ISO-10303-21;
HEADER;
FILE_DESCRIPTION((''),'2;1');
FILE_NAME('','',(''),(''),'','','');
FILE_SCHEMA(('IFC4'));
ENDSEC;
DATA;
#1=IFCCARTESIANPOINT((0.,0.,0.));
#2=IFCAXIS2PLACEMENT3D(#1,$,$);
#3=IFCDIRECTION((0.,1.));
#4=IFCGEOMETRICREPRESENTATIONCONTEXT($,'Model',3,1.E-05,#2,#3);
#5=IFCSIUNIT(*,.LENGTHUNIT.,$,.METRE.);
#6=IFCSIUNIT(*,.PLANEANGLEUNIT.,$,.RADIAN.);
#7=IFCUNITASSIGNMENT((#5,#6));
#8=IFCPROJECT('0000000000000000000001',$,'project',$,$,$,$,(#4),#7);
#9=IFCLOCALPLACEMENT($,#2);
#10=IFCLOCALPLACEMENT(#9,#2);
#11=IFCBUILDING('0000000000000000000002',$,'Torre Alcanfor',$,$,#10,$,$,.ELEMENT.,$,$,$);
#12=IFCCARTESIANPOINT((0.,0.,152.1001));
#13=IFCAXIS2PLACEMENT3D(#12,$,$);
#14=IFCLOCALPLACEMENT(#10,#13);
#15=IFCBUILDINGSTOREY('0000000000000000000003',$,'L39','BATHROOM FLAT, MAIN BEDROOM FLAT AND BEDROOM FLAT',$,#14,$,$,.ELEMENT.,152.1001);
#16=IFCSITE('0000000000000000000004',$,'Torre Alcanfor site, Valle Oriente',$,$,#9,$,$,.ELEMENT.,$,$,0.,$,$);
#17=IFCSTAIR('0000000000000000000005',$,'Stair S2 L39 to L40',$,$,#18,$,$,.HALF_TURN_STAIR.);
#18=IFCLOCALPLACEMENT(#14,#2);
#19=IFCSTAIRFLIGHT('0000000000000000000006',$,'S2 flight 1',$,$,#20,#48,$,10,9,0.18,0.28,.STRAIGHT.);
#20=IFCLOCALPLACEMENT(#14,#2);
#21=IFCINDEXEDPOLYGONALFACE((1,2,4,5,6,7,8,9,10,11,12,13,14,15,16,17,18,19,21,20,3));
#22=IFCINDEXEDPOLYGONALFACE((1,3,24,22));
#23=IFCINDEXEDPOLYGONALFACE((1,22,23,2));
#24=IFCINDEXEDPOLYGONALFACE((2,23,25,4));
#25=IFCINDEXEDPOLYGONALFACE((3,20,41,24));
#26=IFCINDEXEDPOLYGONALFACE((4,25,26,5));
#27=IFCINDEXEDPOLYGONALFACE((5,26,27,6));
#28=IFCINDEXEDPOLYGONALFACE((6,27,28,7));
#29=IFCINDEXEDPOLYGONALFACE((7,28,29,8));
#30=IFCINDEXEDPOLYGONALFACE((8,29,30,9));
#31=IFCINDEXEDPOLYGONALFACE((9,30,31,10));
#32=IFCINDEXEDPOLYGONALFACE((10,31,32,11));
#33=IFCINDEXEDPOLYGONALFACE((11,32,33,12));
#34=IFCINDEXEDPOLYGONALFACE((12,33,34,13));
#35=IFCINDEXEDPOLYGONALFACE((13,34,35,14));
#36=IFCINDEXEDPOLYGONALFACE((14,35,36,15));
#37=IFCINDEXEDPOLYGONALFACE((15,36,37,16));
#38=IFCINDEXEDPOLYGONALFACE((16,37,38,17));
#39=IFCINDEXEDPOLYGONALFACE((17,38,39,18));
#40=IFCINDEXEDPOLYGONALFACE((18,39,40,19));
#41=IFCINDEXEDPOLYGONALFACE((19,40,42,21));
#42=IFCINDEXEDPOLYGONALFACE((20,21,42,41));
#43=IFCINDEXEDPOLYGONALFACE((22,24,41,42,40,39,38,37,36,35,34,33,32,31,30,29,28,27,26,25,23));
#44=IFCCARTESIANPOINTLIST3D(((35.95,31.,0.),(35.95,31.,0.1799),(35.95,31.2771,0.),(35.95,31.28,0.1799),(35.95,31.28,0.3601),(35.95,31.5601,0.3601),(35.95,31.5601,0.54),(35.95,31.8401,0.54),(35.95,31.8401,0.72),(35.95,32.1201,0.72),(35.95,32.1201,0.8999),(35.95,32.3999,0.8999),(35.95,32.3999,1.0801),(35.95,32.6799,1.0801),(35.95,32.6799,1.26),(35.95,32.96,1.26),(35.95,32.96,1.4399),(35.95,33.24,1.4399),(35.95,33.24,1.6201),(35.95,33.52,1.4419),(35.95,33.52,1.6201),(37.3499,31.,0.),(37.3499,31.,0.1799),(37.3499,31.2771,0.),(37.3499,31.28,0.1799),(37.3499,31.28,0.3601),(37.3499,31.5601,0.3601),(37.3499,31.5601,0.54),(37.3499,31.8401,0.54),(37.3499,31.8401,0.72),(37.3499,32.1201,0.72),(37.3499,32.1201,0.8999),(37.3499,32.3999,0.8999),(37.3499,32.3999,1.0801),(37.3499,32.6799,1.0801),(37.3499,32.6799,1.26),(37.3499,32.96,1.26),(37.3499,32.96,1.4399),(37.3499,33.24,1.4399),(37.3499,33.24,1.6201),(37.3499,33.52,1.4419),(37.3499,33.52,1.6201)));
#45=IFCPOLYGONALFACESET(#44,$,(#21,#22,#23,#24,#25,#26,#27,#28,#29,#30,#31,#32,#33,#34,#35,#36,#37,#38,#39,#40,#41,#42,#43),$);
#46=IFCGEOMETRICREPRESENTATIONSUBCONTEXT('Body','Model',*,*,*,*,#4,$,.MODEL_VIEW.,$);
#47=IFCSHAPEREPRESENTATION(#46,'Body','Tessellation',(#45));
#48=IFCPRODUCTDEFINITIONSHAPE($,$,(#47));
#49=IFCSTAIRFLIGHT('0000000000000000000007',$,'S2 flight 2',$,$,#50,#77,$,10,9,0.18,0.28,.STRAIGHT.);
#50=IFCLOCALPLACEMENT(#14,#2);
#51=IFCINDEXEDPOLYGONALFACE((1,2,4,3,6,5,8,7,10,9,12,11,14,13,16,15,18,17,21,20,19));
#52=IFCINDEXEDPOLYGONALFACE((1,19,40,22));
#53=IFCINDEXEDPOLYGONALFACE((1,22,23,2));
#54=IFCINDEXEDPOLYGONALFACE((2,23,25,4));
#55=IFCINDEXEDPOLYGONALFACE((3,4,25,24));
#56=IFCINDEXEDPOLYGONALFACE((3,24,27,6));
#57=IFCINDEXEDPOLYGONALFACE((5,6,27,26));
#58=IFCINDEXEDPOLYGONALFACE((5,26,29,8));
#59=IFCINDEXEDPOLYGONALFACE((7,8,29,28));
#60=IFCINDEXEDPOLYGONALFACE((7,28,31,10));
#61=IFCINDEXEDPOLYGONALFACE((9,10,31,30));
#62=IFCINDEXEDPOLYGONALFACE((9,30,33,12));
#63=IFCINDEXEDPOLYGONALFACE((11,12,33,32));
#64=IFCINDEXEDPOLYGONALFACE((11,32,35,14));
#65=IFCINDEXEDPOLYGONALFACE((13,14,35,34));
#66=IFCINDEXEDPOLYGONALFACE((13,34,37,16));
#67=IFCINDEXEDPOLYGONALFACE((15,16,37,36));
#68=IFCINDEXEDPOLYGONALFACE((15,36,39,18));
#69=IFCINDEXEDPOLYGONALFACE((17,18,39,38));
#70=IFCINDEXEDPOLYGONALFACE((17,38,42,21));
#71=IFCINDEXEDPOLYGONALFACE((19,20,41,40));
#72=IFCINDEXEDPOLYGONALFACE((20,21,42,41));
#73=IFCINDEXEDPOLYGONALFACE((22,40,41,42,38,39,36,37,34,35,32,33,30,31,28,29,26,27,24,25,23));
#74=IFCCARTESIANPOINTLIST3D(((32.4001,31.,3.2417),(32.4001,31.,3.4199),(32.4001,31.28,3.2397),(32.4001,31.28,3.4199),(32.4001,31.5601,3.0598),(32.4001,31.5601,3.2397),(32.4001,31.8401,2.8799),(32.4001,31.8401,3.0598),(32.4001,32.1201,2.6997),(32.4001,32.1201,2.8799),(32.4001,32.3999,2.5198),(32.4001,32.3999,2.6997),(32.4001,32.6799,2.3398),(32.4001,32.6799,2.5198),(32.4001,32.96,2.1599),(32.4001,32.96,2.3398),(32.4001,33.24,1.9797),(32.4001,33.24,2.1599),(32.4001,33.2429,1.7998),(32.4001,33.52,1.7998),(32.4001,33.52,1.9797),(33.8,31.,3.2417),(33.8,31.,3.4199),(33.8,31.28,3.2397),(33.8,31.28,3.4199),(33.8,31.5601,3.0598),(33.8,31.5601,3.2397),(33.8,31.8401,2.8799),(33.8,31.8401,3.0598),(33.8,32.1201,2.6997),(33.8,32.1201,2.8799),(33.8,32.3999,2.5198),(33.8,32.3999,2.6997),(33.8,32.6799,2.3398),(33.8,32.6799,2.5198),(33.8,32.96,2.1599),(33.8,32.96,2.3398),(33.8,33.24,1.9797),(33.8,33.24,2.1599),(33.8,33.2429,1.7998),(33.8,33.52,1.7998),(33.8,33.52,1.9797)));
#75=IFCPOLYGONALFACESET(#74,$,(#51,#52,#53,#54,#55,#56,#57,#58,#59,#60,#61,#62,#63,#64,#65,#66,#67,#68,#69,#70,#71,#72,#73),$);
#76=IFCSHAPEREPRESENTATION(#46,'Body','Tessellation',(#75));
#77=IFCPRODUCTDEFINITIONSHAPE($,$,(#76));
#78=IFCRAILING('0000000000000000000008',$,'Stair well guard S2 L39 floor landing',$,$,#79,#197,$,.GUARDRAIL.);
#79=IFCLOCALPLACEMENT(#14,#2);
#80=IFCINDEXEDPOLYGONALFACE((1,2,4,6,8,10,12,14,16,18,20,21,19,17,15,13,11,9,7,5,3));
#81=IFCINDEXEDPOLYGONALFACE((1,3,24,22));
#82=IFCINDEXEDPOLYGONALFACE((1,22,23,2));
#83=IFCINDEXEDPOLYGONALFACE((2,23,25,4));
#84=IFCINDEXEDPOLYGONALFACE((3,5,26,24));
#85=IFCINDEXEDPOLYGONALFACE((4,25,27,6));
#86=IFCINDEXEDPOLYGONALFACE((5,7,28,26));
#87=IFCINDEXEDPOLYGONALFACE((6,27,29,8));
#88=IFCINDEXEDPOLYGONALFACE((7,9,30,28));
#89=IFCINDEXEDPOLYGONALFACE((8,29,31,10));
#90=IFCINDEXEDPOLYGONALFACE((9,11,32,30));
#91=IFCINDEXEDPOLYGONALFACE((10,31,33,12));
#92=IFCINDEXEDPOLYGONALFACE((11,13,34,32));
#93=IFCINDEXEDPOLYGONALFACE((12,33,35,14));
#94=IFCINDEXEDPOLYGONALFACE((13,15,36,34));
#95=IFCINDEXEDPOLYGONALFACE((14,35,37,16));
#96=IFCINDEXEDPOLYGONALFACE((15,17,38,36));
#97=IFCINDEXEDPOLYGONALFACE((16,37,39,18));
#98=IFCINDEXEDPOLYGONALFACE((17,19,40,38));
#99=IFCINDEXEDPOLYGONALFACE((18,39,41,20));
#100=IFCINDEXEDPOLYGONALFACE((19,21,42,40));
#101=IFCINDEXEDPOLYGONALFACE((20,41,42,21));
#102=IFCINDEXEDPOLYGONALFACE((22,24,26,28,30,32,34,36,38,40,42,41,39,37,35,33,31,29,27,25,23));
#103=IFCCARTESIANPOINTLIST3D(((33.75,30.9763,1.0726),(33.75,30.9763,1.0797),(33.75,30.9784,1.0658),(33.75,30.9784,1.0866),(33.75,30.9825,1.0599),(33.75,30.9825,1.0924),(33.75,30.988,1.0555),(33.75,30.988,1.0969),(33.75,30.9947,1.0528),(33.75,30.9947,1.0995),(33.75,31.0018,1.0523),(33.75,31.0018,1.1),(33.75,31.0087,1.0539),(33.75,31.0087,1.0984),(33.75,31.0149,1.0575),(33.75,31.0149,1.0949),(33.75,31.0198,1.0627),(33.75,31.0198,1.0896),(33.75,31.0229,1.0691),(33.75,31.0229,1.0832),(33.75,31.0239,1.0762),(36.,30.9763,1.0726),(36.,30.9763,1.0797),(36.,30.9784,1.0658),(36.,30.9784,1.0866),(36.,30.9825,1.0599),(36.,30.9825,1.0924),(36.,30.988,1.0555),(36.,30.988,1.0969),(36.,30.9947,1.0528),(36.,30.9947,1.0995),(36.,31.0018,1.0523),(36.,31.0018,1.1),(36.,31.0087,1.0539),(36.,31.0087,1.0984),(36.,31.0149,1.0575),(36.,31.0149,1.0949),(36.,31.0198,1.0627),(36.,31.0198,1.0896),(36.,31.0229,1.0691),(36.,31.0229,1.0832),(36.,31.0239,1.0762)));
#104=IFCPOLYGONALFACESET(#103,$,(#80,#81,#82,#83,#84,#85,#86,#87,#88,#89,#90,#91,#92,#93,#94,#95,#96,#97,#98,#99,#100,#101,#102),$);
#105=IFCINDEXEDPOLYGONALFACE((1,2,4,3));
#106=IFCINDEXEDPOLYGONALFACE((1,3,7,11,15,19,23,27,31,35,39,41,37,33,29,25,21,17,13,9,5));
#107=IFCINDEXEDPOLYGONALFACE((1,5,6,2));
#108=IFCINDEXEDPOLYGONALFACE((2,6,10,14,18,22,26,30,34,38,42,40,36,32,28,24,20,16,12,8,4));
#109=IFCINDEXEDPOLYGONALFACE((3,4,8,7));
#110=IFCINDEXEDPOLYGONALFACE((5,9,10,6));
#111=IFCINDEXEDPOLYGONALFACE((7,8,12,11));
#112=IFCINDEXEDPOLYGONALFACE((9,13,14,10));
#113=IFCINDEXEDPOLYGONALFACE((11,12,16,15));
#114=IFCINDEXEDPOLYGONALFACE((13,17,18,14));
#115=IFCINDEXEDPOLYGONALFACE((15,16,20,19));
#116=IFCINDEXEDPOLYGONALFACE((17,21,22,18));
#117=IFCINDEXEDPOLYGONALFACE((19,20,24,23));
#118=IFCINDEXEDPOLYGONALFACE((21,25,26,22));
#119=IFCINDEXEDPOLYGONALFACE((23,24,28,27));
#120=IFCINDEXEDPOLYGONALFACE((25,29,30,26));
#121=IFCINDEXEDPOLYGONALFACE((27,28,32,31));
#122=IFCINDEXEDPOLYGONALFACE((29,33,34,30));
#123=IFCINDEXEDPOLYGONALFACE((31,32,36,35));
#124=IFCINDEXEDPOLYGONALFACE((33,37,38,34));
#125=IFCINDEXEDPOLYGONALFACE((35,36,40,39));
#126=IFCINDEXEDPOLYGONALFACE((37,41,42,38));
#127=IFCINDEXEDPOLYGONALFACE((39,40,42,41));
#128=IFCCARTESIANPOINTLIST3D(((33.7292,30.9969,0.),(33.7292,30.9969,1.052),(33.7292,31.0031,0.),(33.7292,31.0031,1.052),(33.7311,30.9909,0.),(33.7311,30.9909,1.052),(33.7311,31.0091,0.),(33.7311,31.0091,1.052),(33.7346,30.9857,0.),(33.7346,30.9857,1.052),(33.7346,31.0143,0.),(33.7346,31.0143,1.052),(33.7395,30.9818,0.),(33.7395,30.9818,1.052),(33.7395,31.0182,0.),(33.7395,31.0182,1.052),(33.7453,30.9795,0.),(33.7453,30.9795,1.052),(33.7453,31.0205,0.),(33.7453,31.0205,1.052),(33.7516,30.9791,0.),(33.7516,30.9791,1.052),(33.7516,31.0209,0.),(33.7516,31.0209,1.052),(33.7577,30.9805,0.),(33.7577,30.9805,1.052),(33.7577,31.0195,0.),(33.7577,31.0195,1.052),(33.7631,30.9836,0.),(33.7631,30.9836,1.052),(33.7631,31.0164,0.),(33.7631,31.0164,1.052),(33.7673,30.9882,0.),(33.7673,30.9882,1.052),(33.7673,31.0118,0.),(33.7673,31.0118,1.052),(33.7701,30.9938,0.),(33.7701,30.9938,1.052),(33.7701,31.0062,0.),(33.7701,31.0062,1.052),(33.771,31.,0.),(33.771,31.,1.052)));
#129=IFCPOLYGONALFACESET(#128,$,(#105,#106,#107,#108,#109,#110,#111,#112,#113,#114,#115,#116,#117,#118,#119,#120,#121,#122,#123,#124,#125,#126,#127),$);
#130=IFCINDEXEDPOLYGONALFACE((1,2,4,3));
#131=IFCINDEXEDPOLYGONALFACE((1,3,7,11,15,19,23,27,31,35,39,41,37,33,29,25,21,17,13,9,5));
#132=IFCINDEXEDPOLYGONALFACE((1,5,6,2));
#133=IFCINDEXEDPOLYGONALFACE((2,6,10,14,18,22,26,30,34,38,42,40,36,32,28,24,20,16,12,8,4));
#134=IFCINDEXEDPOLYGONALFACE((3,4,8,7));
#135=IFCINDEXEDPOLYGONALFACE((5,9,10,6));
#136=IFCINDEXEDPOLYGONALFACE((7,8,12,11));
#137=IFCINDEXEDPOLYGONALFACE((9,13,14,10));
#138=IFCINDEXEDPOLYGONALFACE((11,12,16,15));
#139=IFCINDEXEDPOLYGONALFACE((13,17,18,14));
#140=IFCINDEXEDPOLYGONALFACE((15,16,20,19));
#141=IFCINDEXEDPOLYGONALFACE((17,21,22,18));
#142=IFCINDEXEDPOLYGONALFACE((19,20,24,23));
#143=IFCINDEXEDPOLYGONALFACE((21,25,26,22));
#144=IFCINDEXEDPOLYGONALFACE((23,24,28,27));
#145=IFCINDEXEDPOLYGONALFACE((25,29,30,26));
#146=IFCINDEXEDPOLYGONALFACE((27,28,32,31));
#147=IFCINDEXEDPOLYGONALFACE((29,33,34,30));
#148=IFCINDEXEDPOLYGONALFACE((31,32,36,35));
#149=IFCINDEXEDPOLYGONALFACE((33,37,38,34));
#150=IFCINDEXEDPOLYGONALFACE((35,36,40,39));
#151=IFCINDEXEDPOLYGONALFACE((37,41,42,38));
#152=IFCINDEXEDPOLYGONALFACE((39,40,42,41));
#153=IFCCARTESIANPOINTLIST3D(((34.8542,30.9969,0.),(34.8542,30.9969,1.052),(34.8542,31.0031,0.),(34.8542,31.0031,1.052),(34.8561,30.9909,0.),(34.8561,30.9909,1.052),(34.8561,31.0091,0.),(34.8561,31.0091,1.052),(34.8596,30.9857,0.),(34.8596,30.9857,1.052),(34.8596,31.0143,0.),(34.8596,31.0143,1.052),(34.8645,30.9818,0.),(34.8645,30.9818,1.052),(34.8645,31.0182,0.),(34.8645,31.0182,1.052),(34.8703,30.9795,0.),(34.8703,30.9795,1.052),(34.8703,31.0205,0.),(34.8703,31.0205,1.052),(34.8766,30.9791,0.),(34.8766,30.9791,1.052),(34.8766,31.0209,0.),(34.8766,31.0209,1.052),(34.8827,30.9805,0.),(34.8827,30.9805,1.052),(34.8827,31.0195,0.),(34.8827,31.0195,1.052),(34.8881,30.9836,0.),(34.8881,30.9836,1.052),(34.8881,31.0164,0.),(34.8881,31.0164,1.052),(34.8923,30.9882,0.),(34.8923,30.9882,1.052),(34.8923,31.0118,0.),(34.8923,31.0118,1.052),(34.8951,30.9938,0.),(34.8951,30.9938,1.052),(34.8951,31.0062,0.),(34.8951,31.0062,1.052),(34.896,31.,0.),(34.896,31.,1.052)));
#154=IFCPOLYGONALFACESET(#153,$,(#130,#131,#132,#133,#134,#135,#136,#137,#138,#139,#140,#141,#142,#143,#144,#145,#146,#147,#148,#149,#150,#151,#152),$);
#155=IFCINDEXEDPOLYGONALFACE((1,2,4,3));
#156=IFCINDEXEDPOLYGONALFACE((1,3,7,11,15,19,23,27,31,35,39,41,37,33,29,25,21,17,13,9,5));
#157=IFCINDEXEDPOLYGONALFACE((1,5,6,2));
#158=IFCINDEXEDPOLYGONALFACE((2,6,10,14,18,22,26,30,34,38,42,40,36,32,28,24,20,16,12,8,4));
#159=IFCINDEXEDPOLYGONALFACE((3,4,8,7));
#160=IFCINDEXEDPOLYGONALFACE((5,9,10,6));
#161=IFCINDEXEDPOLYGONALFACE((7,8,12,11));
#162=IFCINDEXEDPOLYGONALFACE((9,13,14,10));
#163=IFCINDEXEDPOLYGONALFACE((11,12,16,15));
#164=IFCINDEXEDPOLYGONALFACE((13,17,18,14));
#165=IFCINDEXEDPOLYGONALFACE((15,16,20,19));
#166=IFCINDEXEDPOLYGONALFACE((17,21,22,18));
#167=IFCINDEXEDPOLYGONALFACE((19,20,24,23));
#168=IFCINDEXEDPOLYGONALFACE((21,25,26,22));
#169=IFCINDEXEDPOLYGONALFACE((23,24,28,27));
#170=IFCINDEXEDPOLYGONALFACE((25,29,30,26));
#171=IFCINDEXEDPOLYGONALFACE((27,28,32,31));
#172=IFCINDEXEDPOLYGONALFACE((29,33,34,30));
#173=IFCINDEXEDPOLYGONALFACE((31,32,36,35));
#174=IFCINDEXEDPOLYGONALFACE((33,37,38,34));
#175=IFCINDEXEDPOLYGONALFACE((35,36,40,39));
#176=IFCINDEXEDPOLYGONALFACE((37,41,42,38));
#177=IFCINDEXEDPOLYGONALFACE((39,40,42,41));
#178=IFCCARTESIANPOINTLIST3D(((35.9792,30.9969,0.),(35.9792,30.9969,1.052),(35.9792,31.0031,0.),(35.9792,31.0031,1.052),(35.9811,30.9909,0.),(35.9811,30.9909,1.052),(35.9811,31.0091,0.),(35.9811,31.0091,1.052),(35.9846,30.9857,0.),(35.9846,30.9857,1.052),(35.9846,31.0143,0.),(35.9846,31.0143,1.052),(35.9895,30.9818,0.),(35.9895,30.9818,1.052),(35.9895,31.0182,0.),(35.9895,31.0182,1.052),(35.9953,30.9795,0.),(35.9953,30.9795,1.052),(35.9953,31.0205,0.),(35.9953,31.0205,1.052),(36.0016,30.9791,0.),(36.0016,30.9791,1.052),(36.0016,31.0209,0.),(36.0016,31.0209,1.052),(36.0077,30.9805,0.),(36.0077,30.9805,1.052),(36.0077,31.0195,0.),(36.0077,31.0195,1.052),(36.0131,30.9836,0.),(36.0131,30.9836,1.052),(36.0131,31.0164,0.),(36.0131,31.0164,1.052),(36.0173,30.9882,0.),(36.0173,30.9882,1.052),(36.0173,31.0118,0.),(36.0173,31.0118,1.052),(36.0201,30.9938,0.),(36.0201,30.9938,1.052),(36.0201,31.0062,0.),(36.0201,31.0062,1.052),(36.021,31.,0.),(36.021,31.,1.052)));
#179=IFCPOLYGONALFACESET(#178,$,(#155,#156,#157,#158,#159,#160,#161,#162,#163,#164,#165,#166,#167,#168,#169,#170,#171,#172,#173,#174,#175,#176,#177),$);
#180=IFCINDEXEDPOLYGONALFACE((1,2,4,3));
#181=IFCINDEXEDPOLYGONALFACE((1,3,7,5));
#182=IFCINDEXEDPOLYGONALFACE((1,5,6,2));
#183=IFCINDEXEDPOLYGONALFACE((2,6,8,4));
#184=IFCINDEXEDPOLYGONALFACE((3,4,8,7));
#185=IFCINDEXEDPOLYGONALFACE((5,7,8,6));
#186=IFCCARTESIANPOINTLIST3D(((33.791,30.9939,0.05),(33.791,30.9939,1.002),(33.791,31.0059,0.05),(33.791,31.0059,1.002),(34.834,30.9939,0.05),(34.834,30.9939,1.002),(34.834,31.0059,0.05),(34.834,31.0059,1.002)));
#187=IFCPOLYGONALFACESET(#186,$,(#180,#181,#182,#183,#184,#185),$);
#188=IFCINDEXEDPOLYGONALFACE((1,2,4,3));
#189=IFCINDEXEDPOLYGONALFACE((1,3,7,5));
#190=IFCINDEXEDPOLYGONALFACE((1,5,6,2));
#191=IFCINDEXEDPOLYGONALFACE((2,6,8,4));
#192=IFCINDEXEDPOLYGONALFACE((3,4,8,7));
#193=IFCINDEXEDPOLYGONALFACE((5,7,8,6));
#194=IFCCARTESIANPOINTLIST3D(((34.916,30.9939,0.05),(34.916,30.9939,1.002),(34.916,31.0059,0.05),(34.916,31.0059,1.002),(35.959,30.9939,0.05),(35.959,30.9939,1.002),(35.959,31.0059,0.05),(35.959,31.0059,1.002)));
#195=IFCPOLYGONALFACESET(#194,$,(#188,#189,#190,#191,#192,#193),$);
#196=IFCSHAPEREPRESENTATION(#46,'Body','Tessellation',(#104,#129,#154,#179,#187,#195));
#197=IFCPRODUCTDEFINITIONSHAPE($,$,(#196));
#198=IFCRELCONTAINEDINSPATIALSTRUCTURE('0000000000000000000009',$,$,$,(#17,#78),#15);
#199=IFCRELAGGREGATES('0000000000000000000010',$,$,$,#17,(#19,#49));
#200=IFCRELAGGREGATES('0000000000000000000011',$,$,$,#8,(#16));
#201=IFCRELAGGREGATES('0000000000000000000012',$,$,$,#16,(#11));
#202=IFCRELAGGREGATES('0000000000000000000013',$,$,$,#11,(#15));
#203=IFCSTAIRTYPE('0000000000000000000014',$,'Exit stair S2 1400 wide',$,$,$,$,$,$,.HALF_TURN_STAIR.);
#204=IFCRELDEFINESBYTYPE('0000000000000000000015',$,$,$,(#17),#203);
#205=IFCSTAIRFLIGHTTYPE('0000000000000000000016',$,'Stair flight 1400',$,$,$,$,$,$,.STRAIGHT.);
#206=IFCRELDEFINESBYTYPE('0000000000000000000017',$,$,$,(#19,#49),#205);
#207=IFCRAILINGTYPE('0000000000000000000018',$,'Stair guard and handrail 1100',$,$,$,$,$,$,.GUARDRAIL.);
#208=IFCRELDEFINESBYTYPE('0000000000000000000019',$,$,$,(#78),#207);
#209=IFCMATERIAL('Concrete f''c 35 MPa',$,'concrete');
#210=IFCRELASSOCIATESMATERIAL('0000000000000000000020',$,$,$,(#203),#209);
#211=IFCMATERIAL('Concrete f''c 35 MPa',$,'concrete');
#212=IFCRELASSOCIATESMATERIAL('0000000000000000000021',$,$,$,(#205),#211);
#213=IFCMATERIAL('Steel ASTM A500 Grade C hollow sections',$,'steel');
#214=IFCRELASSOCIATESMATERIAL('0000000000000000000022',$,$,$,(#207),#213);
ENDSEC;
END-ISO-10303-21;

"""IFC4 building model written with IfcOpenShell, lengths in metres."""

from ifc_helpers import new_model, si_unit, direction, frame, origin, origin_2d, place, context, subcontext, project, spatial, polyline, circle, outline, extrude, material, type_object, element, aggregate, save


model = new_model("IFC4")

# Units and contexts
model_context = context("Model", 3, precision=1e-05, world=origin(), true_north=direction((0.0, 1.0)))
body_context = subcontext(model_context, "Body", "Model", "MODEL_VIEW")
ifc_project = project(units=[si_unit("LENGTHUNIT", "METRE"), si_unit("PLANEANGLEUNIT", "RADIAN")], contexts=[model_context])

# Site, building, storey
site_placement = place(None, origin())
site = spatial("IfcSite", under=ifc_project, at=site_placement, Name="Torre Alcanfor site, Valle Oriente", CompositionType="ELEMENT", RefElevation=0.0)
building_placement = place(site_placement, origin())
building = spatial("IfcBuilding", under=site, at=building_placement, Name="Torre Alcanfor", CompositionType="ELEMENT")
storey_placement = place(building_placement, frame((0.0, 0.0, 152.1001)))
storey = spatial("IfcBuildingStorey", under=building, at=storey_placement, Name="L39", Description="BATHROOM FLAT, MAIN BEDROOM FLAT AND BEDROOM FLAT", CompositionType="ELEMENT", Elevation=152.1001)

# Stair, stair flights
ifc_material_1 = material(Name="Concrete f'c 35 MPa", Category="concrete")
stair_type = type_object("IfcStairType", Name="Exit stair S2 1400 wide", PredefinedType="HALF_TURN_STAIR", material=ifc_material_1)
stair_placement = place(storey_placement, origin())
stair = element("IfcStair", 1, at=stair_placement, inside=storey, type_object=stair_type, Name="Stair S2 L39 to L40", PredefinedType="HALF_TURN_STAIR")
ifc_material_2 = material(Name="Concrete f'c 35 MPa", Category="concrete")
stair_flight_type = type_object("IfcStairFlightType", Name="Stair flight 1400", PredefinedType="STRAIGHT", material=ifc_material_2)
stair_flight_1_placement = place(storey_placement, frame((36.6499, 31.0, 0.0), z_axis=(0.0, 0.0, 1.0), x_axis=(0.0, 1.0, 0.0)))
stair_flight_1 = element("IfcStairFlight", 2, at=stair_flight_1_placement, type_object=stair_flight_type, Name="S2 flight 1", NumberOfRisers=10, NumberOfTreads=9, PredefinedType="STRAIGHT", RiserHeight=0.18, TreadLength=0.28, context=body_context, shape_type="SweptSolid", body=[
    extrude(outline(polyline([(0.0, 0.0), (0.0, 0.1799), (0.28, 0.1799), (0.28, 0.3601), (0.5601, 0.3601), (0.5601, 0.54), (0.8401, 0.54), (0.8401, 0.72), (1.1201, 0.72), (1.1201, 0.8999), (1.3999, 0.8999), (1.3999, 1.0801), (1.6799, 1.0801), (1.6799, 1.26), (1.96, 1.26), (1.96, 1.4399), (2.24, 1.4399), (2.24, 1.6201), (2.52, 1.6201), (2.52, 1.8), (2.52, 1.4419), (0.2771, 0.0), (0.0, 0.0)])), frame((0.0, 0.7, 0.0), z_axis=(0.0, -1.0, 0.0), x_axis=(1.0, 0.0, 0.0)), (0.0, 0.0, 1.0), 1.3999),
])
stair_flight_2_placement = place(storey_placement, frame((33.1001, 33.52, 1.7998), z_axis=(0.0, 0.0, 1.0), x_axis=(0.0, -1.0, 0.0)))
stair_flight_2 = element("IfcStairFlight", 3, at=stair_flight_2_placement, type_object=stair_flight_type, Name="S2 flight 2", NumberOfRisers=10, NumberOfTreads=9, PredefinedType="STRAIGHT", RiserHeight=0.18, TreadLength=0.28, context=body_context, shape_type="SweptSolid", body=[
    extrude(outline(polyline([(0.0, 0.0), (0.0, 0.1799), (0.28, 0.1799), (0.28, 0.3601), (0.5601, 0.3601), (0.5601, 0.54), (0.8401, 0.54), (0.8401, 0.72), (1.1201, 0.72), (1.1201, 0.8999), (1.3999, 0.8999), (1.3999, 1.0801), (1.6799, 1.0801), (1.6799, 1.26), (1.96, 1.26), (1.96, 1.4399), (2.24, 1.4399), (2.24, 1.6201), (2.52, 1.6201), (2.52, 1.8), (2.52, 1.4419), (0.2771, 0.0), (0.0, 0.0)])), frame((0.0, 0.7, 0.0), z_axis=(0.0, -1.0, 0.0), x_axis=(1.0, 0.0, 0.0)), (0.0, 0.0, 1.0), 1.3999),
])
aggregate(stair, [stair_flight_1, stair_flight_2])

# Railing
ifc_material_3 = material(Name="Steel ASTM A500 Grade C hollow sections", Category="steel")
railing_type_1 = type_object("IfcRailingType", Name="Stair guard and handrail 1100", PredefinedType="GUARDRAIL", material=ifc_material_3)
for number, where, name in (
    (4, (33.75, 31.0, 0.0), "Stair well guard S2 L39 floor landing"),
):
    element("IfcRailing", number, at=place(storey_placement, frame(where)), inside=storey, type_object=railing_type_1, Name=name, PredefinedType="GUARDRAIL", context=body_context, shape_type="SweptSolid", body=[
        extrude(circle(Radius=0.0239, at=origin_2d()), frame((0.0, 0.0, 1.0762), z_axis=(1.0, 0.0, 0.0), x_axis=(0.0, 1.0, 0.0)), (0.0, 0.0, 1.0), 2.25),
        extrude(circle(Radius=0.021, at=origin_2d()), origin(), (0.0, 0.0, 1.0), 1.052),
        extrude(circle(Radius=0.021, at=origin_2d()), frame((1.125, 0.0, 0.0)), (0.0, 0.0, 1.0), 1.052),
        extrude(circle(Radius=0.021, at=origin_2d()), frame((2.25, 0.0, 0.0)), (0.0, 0.0, 1.0), 1.052),
        extrude(outline(polyline([(0.041, 0.05), (1.084, 0.05), (1.084, 1.002), (0.041, 1.002), (0.041, 0.05)])), frame((0.0, 0.0059, 0.0), z_axis=(0.0, -1.0, 0.0), x_axis=(1.0, 0.0, 0.0)), (0.0, 0.0, 1.0), 0.012),
        extrude(outline(polyline([(1.166, 0.05), (2.209, 0.05), (2.209, 1.002), (1.166, 1.002), (1.166, 0.05)])), frame((0.0, 0.0059, 0.0), z_axis=(0.0, -1.0, 0.0), x_axis=(1.0, 0.0, 0.0)), (0.0, 0.0, 1.0), 0.012),
    ])

save(model, "model.ifc")
